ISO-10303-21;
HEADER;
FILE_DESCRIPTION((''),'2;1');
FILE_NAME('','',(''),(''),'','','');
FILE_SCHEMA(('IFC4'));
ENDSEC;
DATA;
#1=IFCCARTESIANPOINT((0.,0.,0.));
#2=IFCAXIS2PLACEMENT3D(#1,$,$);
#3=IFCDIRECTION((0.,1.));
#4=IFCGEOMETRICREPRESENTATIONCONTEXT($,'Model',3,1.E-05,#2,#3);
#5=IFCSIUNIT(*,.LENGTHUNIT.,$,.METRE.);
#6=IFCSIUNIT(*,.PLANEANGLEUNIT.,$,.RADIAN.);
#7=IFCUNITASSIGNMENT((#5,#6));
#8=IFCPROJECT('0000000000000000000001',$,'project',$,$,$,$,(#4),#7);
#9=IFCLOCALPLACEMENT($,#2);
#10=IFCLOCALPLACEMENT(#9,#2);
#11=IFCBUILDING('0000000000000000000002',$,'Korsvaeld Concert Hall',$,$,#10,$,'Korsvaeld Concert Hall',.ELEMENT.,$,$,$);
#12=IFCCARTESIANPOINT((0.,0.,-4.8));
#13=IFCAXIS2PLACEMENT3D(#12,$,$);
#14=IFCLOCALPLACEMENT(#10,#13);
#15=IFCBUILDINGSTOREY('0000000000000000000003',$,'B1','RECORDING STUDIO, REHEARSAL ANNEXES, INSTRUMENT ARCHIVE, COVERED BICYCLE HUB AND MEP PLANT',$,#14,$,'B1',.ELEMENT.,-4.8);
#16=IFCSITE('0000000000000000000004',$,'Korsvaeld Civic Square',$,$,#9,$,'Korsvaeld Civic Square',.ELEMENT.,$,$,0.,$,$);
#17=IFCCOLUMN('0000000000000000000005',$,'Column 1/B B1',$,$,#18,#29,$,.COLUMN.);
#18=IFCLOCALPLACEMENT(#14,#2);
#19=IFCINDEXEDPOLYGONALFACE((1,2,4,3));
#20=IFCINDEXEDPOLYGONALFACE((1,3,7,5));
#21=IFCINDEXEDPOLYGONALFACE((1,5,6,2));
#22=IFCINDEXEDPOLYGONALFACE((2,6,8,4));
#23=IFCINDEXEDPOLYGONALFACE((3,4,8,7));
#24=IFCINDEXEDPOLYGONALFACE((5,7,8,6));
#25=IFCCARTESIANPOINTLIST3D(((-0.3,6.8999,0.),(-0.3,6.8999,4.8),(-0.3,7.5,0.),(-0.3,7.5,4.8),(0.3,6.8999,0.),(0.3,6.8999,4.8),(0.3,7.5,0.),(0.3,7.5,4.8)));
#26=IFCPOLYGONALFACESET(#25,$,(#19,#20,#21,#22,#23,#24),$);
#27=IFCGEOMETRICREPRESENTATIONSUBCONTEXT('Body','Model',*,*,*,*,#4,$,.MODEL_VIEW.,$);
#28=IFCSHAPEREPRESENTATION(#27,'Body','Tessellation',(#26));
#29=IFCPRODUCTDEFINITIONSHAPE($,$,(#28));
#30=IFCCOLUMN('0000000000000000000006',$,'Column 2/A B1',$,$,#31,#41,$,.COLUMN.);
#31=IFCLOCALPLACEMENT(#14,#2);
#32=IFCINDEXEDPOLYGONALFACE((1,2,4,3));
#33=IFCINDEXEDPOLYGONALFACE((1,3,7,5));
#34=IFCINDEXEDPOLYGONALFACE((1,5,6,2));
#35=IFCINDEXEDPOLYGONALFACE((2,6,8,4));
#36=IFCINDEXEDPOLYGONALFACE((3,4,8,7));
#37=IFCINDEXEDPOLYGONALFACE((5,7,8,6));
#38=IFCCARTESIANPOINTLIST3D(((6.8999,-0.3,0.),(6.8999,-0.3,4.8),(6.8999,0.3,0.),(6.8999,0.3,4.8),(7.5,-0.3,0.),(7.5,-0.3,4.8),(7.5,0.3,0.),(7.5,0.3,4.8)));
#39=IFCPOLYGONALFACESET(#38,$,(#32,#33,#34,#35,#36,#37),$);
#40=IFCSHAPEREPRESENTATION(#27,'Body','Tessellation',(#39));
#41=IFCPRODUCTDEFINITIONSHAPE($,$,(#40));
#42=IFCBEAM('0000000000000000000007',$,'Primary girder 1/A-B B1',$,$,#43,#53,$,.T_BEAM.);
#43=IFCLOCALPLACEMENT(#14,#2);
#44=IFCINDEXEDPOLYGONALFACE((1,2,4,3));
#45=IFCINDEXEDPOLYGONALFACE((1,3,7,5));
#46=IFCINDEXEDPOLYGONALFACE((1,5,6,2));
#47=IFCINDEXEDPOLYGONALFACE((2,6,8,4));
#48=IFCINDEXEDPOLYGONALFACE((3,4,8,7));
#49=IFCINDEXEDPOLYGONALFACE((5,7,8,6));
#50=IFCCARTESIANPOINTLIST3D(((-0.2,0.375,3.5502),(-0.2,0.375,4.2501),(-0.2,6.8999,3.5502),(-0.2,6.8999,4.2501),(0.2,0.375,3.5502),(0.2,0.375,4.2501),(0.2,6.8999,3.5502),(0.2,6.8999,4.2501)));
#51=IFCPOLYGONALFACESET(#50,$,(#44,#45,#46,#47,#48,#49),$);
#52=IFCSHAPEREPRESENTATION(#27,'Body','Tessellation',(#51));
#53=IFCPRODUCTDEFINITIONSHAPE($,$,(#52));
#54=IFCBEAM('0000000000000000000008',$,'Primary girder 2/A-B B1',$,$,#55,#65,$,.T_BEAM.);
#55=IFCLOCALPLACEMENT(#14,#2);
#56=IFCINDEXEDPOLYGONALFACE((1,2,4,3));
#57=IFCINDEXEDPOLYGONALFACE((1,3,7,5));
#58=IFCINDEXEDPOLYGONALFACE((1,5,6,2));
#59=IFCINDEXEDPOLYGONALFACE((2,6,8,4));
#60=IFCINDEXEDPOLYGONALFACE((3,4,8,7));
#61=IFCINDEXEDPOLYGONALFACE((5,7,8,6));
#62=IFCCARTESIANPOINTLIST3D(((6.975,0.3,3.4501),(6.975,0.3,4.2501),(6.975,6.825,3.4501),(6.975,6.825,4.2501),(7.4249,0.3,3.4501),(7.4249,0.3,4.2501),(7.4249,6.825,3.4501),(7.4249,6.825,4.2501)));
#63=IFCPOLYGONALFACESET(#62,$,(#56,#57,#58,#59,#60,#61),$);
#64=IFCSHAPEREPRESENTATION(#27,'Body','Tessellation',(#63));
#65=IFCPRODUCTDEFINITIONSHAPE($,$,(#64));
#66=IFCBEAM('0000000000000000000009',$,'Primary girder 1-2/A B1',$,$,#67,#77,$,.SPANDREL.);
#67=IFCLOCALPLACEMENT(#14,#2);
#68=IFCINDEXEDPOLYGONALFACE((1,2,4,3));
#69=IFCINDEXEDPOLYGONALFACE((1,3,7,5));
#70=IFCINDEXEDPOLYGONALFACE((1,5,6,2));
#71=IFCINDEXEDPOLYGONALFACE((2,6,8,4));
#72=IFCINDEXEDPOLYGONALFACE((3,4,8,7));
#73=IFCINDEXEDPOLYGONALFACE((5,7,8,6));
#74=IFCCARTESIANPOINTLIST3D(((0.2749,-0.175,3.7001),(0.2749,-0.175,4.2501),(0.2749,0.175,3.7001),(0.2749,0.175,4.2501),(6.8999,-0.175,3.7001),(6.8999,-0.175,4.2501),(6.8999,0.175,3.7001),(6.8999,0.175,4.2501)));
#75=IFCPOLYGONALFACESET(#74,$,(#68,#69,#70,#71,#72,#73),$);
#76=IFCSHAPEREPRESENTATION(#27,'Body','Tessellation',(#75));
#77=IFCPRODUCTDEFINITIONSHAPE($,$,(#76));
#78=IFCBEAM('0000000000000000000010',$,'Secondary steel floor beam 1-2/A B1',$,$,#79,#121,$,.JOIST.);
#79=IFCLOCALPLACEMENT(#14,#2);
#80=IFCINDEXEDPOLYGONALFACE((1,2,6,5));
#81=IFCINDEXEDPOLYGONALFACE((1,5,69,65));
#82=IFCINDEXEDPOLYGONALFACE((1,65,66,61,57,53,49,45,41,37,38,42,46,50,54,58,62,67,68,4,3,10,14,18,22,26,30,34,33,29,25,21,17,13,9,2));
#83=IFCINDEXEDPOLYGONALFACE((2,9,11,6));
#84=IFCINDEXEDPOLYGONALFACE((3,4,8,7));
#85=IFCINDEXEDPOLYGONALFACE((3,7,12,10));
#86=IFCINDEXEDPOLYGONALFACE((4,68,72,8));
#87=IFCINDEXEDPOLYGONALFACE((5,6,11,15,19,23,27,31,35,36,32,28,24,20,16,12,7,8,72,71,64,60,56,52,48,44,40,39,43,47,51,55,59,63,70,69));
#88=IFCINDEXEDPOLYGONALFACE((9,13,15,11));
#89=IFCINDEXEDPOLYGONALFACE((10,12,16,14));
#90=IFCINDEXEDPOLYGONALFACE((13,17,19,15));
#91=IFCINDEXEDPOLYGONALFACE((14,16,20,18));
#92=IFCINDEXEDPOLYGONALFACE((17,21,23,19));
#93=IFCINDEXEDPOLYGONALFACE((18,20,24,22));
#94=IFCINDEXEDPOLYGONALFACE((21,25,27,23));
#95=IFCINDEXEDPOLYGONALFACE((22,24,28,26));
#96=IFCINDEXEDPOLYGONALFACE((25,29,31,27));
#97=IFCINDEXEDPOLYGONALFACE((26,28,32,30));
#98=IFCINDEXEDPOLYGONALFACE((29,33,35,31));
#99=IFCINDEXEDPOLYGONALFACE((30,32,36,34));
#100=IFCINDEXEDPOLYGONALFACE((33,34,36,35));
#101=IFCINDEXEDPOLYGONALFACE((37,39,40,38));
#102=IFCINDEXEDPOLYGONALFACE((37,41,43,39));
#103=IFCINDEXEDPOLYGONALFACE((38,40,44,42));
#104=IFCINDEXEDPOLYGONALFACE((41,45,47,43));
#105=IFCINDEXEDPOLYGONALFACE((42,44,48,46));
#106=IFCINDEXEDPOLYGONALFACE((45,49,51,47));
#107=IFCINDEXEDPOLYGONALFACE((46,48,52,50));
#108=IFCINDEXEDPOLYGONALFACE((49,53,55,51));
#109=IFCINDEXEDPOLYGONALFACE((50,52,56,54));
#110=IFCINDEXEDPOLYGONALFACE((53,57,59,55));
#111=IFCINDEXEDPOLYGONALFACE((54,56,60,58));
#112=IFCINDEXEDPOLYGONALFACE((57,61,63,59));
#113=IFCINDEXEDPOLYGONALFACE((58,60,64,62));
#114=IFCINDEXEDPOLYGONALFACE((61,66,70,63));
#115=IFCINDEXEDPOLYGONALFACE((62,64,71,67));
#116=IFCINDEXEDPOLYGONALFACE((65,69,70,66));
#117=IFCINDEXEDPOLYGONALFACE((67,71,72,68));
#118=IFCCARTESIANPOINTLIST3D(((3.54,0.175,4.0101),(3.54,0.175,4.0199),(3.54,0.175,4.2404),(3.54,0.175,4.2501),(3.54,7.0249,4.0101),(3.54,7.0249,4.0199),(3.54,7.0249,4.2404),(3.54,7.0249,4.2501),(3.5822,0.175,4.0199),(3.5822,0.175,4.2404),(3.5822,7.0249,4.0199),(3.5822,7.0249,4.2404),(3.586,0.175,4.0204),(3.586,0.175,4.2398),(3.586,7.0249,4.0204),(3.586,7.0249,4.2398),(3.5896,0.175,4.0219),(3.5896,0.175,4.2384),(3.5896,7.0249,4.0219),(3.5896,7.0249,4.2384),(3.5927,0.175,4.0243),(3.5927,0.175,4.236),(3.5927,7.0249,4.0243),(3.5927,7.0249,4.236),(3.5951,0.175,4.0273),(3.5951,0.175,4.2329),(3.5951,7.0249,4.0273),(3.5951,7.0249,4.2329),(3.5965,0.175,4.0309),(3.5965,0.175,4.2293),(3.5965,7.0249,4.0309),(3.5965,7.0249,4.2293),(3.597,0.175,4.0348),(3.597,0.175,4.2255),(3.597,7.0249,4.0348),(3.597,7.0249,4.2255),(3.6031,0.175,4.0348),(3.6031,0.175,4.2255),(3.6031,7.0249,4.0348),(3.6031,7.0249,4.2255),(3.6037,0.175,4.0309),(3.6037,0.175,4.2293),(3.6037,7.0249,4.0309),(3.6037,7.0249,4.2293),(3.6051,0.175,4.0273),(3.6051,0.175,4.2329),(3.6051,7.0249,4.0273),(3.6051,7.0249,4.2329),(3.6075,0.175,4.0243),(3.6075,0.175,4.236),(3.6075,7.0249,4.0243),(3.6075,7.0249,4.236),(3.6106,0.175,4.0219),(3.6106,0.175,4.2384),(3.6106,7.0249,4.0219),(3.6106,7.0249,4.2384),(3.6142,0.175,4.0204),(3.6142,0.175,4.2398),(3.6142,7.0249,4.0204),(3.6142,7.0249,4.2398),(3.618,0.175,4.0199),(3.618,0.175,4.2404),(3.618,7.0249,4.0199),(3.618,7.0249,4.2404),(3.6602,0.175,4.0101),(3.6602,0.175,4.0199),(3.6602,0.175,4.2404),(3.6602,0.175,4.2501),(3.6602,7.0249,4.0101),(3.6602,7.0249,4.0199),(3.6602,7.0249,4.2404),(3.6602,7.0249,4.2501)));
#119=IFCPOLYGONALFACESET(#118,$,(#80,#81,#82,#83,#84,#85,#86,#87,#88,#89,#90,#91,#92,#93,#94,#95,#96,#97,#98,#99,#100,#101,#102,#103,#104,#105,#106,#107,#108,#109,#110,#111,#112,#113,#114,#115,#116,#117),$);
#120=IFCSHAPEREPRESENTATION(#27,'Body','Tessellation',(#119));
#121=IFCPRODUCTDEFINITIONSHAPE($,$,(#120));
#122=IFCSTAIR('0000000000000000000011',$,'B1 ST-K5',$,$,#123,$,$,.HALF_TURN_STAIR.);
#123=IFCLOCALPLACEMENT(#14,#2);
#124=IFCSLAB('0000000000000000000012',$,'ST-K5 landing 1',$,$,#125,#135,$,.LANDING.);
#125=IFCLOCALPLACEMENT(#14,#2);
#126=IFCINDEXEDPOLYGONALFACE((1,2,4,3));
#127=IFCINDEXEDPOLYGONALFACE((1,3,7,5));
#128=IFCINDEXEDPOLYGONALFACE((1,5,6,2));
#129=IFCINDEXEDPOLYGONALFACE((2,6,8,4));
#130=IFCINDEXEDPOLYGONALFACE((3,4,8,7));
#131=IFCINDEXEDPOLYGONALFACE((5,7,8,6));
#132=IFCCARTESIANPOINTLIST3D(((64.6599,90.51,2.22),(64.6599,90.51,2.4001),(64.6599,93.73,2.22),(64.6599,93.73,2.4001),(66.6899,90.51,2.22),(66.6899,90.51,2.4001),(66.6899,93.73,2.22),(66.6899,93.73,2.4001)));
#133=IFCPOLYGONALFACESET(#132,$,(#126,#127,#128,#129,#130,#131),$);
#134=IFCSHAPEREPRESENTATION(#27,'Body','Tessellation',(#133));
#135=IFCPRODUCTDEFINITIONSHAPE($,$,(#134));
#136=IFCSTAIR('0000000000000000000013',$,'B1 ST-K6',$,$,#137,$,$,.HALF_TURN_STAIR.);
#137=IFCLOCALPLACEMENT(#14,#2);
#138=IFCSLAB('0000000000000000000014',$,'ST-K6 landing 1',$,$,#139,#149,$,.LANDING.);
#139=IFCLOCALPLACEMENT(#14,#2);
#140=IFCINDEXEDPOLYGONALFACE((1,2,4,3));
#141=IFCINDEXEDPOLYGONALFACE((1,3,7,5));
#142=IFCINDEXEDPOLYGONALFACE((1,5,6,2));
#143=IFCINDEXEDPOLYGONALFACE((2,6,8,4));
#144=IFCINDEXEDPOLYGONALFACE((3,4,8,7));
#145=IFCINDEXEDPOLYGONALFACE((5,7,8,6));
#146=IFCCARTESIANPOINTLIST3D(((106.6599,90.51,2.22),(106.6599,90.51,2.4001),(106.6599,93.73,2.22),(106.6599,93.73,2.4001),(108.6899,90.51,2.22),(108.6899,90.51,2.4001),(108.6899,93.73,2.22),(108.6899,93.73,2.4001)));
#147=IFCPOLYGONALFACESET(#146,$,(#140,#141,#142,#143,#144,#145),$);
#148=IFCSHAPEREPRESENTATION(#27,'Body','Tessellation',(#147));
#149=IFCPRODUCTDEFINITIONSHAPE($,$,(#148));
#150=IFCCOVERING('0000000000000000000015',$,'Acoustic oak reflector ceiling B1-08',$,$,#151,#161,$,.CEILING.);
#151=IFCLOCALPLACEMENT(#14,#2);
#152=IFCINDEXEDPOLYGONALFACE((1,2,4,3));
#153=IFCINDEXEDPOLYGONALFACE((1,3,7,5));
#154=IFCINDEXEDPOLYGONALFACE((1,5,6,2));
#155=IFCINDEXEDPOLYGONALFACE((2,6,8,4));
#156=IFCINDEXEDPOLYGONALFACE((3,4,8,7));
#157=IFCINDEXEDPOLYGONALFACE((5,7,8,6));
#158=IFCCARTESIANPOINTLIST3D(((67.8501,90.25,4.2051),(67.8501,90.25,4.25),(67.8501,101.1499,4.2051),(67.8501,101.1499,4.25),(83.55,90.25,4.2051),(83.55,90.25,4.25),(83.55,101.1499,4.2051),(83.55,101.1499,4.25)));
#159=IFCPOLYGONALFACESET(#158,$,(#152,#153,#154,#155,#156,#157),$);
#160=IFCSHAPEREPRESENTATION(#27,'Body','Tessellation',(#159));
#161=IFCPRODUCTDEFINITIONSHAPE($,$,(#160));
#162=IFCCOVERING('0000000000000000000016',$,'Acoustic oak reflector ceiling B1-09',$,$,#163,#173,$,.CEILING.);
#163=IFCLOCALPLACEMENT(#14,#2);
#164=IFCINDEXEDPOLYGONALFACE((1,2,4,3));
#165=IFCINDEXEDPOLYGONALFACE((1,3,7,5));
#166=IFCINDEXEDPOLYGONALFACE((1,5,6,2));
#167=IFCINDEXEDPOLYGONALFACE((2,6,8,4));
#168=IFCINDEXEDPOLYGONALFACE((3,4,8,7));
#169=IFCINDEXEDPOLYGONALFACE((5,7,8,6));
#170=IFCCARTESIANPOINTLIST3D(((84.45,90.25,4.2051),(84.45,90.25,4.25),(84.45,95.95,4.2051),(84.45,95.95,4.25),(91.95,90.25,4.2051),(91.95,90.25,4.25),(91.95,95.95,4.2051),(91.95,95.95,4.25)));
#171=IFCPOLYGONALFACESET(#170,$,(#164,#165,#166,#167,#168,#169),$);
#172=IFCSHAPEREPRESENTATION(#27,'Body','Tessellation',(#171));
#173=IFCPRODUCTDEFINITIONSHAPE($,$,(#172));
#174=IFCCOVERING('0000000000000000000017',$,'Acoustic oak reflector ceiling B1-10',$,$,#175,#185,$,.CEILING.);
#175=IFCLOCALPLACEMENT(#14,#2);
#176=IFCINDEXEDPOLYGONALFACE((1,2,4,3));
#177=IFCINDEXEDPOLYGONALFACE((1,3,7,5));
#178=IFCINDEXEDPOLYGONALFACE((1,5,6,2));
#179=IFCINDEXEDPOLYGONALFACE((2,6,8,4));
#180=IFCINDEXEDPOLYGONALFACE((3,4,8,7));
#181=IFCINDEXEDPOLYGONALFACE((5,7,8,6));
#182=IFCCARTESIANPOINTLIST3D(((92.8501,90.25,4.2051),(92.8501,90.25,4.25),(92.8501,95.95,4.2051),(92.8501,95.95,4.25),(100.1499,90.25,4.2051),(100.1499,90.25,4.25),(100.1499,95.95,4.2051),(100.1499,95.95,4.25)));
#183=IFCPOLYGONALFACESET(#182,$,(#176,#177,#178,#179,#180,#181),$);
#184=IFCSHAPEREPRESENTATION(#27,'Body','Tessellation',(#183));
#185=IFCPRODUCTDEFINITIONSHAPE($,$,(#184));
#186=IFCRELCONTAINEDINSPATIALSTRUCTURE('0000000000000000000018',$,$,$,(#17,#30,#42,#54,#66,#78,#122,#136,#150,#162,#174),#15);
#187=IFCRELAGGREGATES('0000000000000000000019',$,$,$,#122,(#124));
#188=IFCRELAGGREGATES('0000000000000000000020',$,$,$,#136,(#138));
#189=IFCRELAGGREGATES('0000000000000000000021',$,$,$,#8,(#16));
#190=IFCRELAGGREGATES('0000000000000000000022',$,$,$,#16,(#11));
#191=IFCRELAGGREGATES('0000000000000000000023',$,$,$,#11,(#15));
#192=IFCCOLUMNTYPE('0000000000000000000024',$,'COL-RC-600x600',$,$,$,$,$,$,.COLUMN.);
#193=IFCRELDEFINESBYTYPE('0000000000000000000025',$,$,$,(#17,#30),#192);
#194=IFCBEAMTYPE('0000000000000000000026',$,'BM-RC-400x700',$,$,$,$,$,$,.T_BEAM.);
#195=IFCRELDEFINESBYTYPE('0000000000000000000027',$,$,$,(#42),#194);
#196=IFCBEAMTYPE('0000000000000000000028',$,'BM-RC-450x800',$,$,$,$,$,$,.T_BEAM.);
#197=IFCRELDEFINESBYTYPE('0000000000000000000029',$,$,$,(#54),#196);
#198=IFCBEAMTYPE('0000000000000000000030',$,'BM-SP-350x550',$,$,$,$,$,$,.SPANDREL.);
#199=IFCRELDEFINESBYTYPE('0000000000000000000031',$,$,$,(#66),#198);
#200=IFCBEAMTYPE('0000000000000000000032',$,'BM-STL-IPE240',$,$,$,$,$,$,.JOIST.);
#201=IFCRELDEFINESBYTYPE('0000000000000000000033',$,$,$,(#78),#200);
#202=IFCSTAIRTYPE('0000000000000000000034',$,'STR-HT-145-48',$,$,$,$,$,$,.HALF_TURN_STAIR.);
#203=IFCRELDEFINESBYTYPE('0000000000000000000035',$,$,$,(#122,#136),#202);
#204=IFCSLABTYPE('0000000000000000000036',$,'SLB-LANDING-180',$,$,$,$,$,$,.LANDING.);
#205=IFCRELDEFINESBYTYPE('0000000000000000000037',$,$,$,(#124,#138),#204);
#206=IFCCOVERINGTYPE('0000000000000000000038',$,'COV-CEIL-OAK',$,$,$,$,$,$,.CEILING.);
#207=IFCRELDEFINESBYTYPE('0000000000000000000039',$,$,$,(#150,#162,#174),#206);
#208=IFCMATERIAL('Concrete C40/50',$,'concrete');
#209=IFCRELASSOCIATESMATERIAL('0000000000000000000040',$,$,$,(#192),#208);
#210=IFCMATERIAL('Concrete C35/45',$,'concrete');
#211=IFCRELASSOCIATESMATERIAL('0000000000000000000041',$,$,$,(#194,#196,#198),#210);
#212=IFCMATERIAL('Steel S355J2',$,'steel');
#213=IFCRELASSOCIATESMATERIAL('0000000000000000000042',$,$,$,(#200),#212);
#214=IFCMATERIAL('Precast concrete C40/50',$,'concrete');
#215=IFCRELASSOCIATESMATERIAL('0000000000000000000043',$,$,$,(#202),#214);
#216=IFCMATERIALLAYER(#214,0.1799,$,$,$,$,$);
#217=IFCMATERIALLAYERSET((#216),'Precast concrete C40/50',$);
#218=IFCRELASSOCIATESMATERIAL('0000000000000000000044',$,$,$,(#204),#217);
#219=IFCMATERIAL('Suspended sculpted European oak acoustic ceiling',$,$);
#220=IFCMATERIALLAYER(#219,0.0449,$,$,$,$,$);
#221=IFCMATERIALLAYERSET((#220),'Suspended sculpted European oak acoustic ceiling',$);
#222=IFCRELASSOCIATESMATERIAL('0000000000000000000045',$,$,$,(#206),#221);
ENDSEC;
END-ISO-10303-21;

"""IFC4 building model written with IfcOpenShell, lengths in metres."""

from ifc_helpers import new_model, si_unit, direction, frame, origin, origin_2d, place, context, subcontext, project, spatial, polyline, rectangle, i_section, outline, extrude, material, layer, layer_set, material_profile, profile_set, type_object, element, aggregate, save


model = new_model("IFC4")

# Units and contexts
model_context = context("Model", 3, precision=1e-05, world=origin(), true_north=direction((0.0, 1.0)))
body_context = subcontext(model_context, "Body", "Model", "MODEL_VIEW")
ifc_project = project(units=[si_unit("LENGTHUNIT", "METRE"), si_unit("PLANEANGLEUNIT", "RADIAN")], contexts=[model_context])

# Site, building, storey
site_placement = place(None, origin())
site = spatial("IfcSite", under=ifc_project, at=site_placement, Name="Korsvaeld Civic Square", LongName="Korsvaeld Civic Square", CompositionType="ELEMENT", RefElevation=0.0)
building_placement = place(site_placement, origin())
building = spatial("IfcBuilding", under=site, at=building_placement, Name="Korsvaeld Concert Hall", LongName="Korsvaeld Concert Hall", CompositionType="ELEMENT")
storey_placement = place(building_placement, frame((0.0, 0.0, -4.8)))
storey = spatial("IfcBuildingStorey", under=building, at=storey_placement, Name="B1", Description="RECORDING STUDIO, REHEARSAL ANNEXES, INSTRUMENT ARCHIVE, COVERED BICYCLE HUB AND MEP PLANT", LongName="B1", CompositionType="ELEMENT", Elevation=-4.8)

# Shared definitions
ifc_material_1 = material(Name="Concrete C35/45", Category="concrete")

# Columns
ifc_material_2 = material(Name="Concrete C40/50", Category="concrete")
ifc_material_profile_1 = material_profile(ifc_material_2, rectangle(XDim=0.6001, YDim=0.6001, at=origin_2d()), Name="RC 600x600")
ifc_profile_set_1 = profile_set([ifc_material_profile_1], Name="Concrete C40/50")
column_type = type_object("IfcColumnType", Name="COL-RC-600x600", PredefinedType="COLUMN", material=ifc_profile_set_1)
for number, where, z_axis, x_axis, name in (
    (1, (0.0, 7.2, 0.0), (0.0, 0.0, 1.0), (1.0, 0.0, 0.0), "Column 1/B B1"),
    (2, (7.2, 0.0, 0.0), (0.0, 0.0, 1.0), (1.0, 0.0, 0.0), "Column 2/A B1"),
):
    element("IfcColumn", number, at=place(storey_placement, frame(where, z_axis=z_axis, x_axis=x_axis)), inside=storey, type_object=column_type, Name=name, PredefinedType="COLUMN", context=body_context, shape_type="SweptSolid", body=[
        extrude(rectangle(XDim=0.6001, YDim=0.6001, at=origin_2d()), origin(), (0.0, 0.0, 1.0), 4.8),
    ])

# Beams
ifc_material_profile_2 = material_profile(ifc_material_1, rectangle(XDim=0.3999, YDim=0.7, at=origin_2d()), Name="RC 400x700")
ifc_profile_set_2 = profile_set([ifc_material_profile_2], Name="Concrete C35/45")
beam_type_1 = type_object("IfcBeamType", Name="BM-RC-400x700", PredefinedType="T_BEAM", material=ifc_profile_set_2)
beam_1_placement = place(storey_placement, frame((0.0, 0.375, 3.9001), z_axis=(0.0, 1.0, 0.0), x_axis=(-1.0, 0.0, 0.0)))
element("IfcBeam", 3, at=beam_1_placement, inside=storey, type_object=beam_type_1, Name="Primary girder 1/A-B B1", PredefinedType="T_BEAM", context=body_context, shape_type="SweptSolid", body=[
    extrude(rectangle(XDim=0.3999, YDim=0.7, at=origin_2d()), origin(), (0.0, 0.0, 1.0), 6.5249),
])
ifc_material_profile_3 = material_profile(ifc_material_1, rectangle(XDim=0.45, YDim=0.8, at=origin_2d()), Name="RC 450x800")
ifc_profile_set_3 = profile_set([ifc_material_profile_3], Name="Concrete C35/45")
beam_type_2 = type_object("IfcBeamType", Name="BM-RC-450x800", PredefinedType="T_BEAM", material=ifc_profile_set_3)
beam_2_placement = place(storey_placement, frame((7.2, 0.3, 3.8501), z_axis=(0.0, 1.0, 0.0), x_axis=(-1.0, 0.0, 0.0)))
element("IfcBeam", 4, at=beam_2_placement, inside=storey, type_object=beam_type_2, Name="Primary girder 2/A-B B1", PredefinedType="T_BEAM", context=body_context, shape_type="SweptSolid", body=[
    extrude(rectangle(XDim=0.45, YDim=0.8, at=origin_2d()), origin(), (0.0, 0.0, 1.0), 6.5249),
])
ifc_material_profile_4 = material_profile(ifc_material_1, rectangle(XDim=0.3501, YDim=0.55, at=origin_2d()), Name="RC 350x550")
ifc_profile_set_4 = profile_set([ifc_material_profile_4], Name="Concrete C35/45")
beam_type_3 = type_object("IfcBeamType", Name="BM-SP-350x550", PredefinedType="SPANDREL", material=ifc_profile_set_4)
beam_3_placement = place(storey_placement, frame((0.2749, 0.0, 3.9751), z_axis=(1.0, 0.0, 0.0), x_axis=(0.0, 1.0, 0.0)))
element("IfcBeam", 5, at=beam_3_placement, inside=storey, type_object=beam_type_3, Name="Primary girder 1-2/A B1", PredefinedType="SPANDREL", context=body_context, shape_type="SweptSolid", body=[
    extrude(rectangle(XDim=0.3501, YDim=0.55, at=origin_2d()), origin(), (0.0, 0.0, 1.0), 6.625),
])
ifc_material_3 = material(Name="Steel S355J2", Category="steel")
ifc_material_profile_5 = material_profile(ifc_material_3, i_section(OverallWidth=0.1201, OverallDepth=0.24, WebThickness=0.0061, FlangeThickness=0.0098, FilletRadius=0.0149, at=origin_2d()), Name="IPE 240")
ifc_profile_set_5 = profile_set([ifc_material_profile_5], Name="Steel S355J2")
beam_type_4 = type_object("IfcBeamType", Name="BM-STL-IPE240", PredefinedType="JOIST", material=ifc_profile_set_5)
beam_4_placement = place(storey_placement, frame((3.6001, 0.175, 4.1301), z_axis=(0.0, 1.0, 0.0), x_axis=(-1.0, 0.0, 0.0)))
element("IfcBeam", 6, at=beam_4_placement, inside=storey, type_object=beam_type_4, Name="Secondary steel floor beam 1-2/A B1", PredefinedType="JOIST", context=body_context, shape_type="SweptSolid", body=[
    extrude(i_section(OverallWidth=0.1201, OverallDepth=0.24, WebThickness=0.0061, FlangeThickness=0.0098, FilletRadius=0.0149, at=origin_2d()), origin(), (0.0, 0.0, 1.0), 6.8499),
])

# Stairs, slabs
ifc_material_4 = material(Name="Precast concrete C40/50", Category="concrete")
stair_type = type_object("IfcStairType", Name="STR-HT-145-48", PredefinedType="HALF_TURN_STAIR", material=ifc_material_4)
stair_1_placement = place(storey_placement, origin())
stair_1 = element("IfcStair", 7, at=stair_1_placement, inside=storey, type_object=stair_type, Name="B1 ST-K5", PredefinedType="HALF_TURN_STAIR")
ifc_layer_1 = layer(ifc_material_4, 0.1799)
ifc_layer_set_1 = layer_set([ifc_layer_1], Name="Precast concrete C40/50")
slab_type = type_object("IfcSlabType", Name="SLB-LANDING-180", PredefinedType="LANDING", material=ifc_layer_set_1)
slab_1_placement = place(storey_placement, frame((0.0, 0.0, 2.22)))
slab_1 = element("IfcSlab", 8, at=slab_1_placement, type_object=slab_type, Name="ST-K5 landing 1", PredefinedType="LANDING", context=body_context, shape_type="SweptSolid", body=[
    extrude(outline(polyline([(64.6599, 90.51), (64.6599, 93.73), (66.6899, 93.73), (66.6899, 90.51), (64.6599, 90.51)])), origin(), (0.0, 0.0, 1.0), 0.1802),
])
aggregate(stair_1, [slab_1])
stair_2_placement = place(storey_placement, origin())
stair_2 = element("IfcStair", 9, at=stair_2_placement, inside=storey, type_object=stair_type, Name="B1 ST-K6", PredefinedType="HALF_TURN_STAIR")
slab_2_placement = place(storey_placement, frame((0.0, 0.0, 2.22)))
slab_2 = element("IfcSlab", 10, at=slab_2_placement, type_object=slab_type, Name="ST-K6 landing 1", PredefinedType="LANDING", context=body_context, shape_type="SweptSolid", body=[
    extrude(outline(polyline([(106.6599, 90.51), (106.6599, 93.73), (108.6899, 93.73), (108.6899, 90.51), (106.6599, 90.51)])), origin(), (0.0, 0.0, 1.0), 0.1802),
])
aggregate(stair_2, [slab_2])

# Coverings
ifc_material_5 = material(Name="Suspended sculpted European oak acoustic ceiling")
ifc_layer_2 = layer(ifc_material_5, 0.0449)
ifc_layer_set_2 = layer_set([ifc_layer_2], Name="Suspended sculpted European oak acoustic ceiling")
covering_type_1 = type_object("IfcCoveringType", Name="COV-CEIL-OAK", PredefinedType="CEILING", material=ifc_layer_set_2)
covering_1_placement = place(storey_placement, frame((0.0, 0.0, 4.2051)))
element("IfcCovering", 11, at=covering_1_placement, inside=storey, type_object=covering_type_1, Name="Acoustic oak reflector ceiling B1-08", PredefinedType="CEILING", context=body_context, shape_type="SweptSolid", body=[
    extrude(outline(polyline([(67.8501, 101.1499), (83.55, 101.1499), (83.55, 90.25), (67.8501, 90.25), (67.8501, 101.1499)])), origin(), (0.0, 0.0, 1.0), 0.0449),
])
covering_2_placement = place(storey_placement, frame((0.0, 0.0, 4.2051)))
element("IfcCovering", 12, at=covering_2_placement, inside=storey, type_object=covering_type_1, Name="Acoustic oak reflector ceiling B1-09", PredefinedType="CEILING", context=body_context, shape_type="SweptSolid", body=[
    extrude(outline(polyline([(91.95, 95.95), (91.95, 90.25), (84.45, 90.25), (84.45, 95.95), (91.95, 95.95)])), origin(), (0.0, 0.0, 1.0), 0.0449),
])
covering_3_placement = place(storey_placement, frame((0.0, 0.0, 4.2051)))
element("IfcCovering", 13, at=covering_3_placement, inside=storey, type_object=covering_type_1, Name="Acoustic oak reflector ceiling B1-10", PredefinedType="CEILING", context=body_context, shape_type="SweptSolid", body=[
    extrude(outline(polyline([(100.1499, 95.95), (100.1499, 90.25), (92.8501, 90.25), (92.8501, 95.95), (100.1499, 95.95)])), origin(), (0.0, 0.0, 1.0), 0.0449),
])

save(model, "model.ifc")
